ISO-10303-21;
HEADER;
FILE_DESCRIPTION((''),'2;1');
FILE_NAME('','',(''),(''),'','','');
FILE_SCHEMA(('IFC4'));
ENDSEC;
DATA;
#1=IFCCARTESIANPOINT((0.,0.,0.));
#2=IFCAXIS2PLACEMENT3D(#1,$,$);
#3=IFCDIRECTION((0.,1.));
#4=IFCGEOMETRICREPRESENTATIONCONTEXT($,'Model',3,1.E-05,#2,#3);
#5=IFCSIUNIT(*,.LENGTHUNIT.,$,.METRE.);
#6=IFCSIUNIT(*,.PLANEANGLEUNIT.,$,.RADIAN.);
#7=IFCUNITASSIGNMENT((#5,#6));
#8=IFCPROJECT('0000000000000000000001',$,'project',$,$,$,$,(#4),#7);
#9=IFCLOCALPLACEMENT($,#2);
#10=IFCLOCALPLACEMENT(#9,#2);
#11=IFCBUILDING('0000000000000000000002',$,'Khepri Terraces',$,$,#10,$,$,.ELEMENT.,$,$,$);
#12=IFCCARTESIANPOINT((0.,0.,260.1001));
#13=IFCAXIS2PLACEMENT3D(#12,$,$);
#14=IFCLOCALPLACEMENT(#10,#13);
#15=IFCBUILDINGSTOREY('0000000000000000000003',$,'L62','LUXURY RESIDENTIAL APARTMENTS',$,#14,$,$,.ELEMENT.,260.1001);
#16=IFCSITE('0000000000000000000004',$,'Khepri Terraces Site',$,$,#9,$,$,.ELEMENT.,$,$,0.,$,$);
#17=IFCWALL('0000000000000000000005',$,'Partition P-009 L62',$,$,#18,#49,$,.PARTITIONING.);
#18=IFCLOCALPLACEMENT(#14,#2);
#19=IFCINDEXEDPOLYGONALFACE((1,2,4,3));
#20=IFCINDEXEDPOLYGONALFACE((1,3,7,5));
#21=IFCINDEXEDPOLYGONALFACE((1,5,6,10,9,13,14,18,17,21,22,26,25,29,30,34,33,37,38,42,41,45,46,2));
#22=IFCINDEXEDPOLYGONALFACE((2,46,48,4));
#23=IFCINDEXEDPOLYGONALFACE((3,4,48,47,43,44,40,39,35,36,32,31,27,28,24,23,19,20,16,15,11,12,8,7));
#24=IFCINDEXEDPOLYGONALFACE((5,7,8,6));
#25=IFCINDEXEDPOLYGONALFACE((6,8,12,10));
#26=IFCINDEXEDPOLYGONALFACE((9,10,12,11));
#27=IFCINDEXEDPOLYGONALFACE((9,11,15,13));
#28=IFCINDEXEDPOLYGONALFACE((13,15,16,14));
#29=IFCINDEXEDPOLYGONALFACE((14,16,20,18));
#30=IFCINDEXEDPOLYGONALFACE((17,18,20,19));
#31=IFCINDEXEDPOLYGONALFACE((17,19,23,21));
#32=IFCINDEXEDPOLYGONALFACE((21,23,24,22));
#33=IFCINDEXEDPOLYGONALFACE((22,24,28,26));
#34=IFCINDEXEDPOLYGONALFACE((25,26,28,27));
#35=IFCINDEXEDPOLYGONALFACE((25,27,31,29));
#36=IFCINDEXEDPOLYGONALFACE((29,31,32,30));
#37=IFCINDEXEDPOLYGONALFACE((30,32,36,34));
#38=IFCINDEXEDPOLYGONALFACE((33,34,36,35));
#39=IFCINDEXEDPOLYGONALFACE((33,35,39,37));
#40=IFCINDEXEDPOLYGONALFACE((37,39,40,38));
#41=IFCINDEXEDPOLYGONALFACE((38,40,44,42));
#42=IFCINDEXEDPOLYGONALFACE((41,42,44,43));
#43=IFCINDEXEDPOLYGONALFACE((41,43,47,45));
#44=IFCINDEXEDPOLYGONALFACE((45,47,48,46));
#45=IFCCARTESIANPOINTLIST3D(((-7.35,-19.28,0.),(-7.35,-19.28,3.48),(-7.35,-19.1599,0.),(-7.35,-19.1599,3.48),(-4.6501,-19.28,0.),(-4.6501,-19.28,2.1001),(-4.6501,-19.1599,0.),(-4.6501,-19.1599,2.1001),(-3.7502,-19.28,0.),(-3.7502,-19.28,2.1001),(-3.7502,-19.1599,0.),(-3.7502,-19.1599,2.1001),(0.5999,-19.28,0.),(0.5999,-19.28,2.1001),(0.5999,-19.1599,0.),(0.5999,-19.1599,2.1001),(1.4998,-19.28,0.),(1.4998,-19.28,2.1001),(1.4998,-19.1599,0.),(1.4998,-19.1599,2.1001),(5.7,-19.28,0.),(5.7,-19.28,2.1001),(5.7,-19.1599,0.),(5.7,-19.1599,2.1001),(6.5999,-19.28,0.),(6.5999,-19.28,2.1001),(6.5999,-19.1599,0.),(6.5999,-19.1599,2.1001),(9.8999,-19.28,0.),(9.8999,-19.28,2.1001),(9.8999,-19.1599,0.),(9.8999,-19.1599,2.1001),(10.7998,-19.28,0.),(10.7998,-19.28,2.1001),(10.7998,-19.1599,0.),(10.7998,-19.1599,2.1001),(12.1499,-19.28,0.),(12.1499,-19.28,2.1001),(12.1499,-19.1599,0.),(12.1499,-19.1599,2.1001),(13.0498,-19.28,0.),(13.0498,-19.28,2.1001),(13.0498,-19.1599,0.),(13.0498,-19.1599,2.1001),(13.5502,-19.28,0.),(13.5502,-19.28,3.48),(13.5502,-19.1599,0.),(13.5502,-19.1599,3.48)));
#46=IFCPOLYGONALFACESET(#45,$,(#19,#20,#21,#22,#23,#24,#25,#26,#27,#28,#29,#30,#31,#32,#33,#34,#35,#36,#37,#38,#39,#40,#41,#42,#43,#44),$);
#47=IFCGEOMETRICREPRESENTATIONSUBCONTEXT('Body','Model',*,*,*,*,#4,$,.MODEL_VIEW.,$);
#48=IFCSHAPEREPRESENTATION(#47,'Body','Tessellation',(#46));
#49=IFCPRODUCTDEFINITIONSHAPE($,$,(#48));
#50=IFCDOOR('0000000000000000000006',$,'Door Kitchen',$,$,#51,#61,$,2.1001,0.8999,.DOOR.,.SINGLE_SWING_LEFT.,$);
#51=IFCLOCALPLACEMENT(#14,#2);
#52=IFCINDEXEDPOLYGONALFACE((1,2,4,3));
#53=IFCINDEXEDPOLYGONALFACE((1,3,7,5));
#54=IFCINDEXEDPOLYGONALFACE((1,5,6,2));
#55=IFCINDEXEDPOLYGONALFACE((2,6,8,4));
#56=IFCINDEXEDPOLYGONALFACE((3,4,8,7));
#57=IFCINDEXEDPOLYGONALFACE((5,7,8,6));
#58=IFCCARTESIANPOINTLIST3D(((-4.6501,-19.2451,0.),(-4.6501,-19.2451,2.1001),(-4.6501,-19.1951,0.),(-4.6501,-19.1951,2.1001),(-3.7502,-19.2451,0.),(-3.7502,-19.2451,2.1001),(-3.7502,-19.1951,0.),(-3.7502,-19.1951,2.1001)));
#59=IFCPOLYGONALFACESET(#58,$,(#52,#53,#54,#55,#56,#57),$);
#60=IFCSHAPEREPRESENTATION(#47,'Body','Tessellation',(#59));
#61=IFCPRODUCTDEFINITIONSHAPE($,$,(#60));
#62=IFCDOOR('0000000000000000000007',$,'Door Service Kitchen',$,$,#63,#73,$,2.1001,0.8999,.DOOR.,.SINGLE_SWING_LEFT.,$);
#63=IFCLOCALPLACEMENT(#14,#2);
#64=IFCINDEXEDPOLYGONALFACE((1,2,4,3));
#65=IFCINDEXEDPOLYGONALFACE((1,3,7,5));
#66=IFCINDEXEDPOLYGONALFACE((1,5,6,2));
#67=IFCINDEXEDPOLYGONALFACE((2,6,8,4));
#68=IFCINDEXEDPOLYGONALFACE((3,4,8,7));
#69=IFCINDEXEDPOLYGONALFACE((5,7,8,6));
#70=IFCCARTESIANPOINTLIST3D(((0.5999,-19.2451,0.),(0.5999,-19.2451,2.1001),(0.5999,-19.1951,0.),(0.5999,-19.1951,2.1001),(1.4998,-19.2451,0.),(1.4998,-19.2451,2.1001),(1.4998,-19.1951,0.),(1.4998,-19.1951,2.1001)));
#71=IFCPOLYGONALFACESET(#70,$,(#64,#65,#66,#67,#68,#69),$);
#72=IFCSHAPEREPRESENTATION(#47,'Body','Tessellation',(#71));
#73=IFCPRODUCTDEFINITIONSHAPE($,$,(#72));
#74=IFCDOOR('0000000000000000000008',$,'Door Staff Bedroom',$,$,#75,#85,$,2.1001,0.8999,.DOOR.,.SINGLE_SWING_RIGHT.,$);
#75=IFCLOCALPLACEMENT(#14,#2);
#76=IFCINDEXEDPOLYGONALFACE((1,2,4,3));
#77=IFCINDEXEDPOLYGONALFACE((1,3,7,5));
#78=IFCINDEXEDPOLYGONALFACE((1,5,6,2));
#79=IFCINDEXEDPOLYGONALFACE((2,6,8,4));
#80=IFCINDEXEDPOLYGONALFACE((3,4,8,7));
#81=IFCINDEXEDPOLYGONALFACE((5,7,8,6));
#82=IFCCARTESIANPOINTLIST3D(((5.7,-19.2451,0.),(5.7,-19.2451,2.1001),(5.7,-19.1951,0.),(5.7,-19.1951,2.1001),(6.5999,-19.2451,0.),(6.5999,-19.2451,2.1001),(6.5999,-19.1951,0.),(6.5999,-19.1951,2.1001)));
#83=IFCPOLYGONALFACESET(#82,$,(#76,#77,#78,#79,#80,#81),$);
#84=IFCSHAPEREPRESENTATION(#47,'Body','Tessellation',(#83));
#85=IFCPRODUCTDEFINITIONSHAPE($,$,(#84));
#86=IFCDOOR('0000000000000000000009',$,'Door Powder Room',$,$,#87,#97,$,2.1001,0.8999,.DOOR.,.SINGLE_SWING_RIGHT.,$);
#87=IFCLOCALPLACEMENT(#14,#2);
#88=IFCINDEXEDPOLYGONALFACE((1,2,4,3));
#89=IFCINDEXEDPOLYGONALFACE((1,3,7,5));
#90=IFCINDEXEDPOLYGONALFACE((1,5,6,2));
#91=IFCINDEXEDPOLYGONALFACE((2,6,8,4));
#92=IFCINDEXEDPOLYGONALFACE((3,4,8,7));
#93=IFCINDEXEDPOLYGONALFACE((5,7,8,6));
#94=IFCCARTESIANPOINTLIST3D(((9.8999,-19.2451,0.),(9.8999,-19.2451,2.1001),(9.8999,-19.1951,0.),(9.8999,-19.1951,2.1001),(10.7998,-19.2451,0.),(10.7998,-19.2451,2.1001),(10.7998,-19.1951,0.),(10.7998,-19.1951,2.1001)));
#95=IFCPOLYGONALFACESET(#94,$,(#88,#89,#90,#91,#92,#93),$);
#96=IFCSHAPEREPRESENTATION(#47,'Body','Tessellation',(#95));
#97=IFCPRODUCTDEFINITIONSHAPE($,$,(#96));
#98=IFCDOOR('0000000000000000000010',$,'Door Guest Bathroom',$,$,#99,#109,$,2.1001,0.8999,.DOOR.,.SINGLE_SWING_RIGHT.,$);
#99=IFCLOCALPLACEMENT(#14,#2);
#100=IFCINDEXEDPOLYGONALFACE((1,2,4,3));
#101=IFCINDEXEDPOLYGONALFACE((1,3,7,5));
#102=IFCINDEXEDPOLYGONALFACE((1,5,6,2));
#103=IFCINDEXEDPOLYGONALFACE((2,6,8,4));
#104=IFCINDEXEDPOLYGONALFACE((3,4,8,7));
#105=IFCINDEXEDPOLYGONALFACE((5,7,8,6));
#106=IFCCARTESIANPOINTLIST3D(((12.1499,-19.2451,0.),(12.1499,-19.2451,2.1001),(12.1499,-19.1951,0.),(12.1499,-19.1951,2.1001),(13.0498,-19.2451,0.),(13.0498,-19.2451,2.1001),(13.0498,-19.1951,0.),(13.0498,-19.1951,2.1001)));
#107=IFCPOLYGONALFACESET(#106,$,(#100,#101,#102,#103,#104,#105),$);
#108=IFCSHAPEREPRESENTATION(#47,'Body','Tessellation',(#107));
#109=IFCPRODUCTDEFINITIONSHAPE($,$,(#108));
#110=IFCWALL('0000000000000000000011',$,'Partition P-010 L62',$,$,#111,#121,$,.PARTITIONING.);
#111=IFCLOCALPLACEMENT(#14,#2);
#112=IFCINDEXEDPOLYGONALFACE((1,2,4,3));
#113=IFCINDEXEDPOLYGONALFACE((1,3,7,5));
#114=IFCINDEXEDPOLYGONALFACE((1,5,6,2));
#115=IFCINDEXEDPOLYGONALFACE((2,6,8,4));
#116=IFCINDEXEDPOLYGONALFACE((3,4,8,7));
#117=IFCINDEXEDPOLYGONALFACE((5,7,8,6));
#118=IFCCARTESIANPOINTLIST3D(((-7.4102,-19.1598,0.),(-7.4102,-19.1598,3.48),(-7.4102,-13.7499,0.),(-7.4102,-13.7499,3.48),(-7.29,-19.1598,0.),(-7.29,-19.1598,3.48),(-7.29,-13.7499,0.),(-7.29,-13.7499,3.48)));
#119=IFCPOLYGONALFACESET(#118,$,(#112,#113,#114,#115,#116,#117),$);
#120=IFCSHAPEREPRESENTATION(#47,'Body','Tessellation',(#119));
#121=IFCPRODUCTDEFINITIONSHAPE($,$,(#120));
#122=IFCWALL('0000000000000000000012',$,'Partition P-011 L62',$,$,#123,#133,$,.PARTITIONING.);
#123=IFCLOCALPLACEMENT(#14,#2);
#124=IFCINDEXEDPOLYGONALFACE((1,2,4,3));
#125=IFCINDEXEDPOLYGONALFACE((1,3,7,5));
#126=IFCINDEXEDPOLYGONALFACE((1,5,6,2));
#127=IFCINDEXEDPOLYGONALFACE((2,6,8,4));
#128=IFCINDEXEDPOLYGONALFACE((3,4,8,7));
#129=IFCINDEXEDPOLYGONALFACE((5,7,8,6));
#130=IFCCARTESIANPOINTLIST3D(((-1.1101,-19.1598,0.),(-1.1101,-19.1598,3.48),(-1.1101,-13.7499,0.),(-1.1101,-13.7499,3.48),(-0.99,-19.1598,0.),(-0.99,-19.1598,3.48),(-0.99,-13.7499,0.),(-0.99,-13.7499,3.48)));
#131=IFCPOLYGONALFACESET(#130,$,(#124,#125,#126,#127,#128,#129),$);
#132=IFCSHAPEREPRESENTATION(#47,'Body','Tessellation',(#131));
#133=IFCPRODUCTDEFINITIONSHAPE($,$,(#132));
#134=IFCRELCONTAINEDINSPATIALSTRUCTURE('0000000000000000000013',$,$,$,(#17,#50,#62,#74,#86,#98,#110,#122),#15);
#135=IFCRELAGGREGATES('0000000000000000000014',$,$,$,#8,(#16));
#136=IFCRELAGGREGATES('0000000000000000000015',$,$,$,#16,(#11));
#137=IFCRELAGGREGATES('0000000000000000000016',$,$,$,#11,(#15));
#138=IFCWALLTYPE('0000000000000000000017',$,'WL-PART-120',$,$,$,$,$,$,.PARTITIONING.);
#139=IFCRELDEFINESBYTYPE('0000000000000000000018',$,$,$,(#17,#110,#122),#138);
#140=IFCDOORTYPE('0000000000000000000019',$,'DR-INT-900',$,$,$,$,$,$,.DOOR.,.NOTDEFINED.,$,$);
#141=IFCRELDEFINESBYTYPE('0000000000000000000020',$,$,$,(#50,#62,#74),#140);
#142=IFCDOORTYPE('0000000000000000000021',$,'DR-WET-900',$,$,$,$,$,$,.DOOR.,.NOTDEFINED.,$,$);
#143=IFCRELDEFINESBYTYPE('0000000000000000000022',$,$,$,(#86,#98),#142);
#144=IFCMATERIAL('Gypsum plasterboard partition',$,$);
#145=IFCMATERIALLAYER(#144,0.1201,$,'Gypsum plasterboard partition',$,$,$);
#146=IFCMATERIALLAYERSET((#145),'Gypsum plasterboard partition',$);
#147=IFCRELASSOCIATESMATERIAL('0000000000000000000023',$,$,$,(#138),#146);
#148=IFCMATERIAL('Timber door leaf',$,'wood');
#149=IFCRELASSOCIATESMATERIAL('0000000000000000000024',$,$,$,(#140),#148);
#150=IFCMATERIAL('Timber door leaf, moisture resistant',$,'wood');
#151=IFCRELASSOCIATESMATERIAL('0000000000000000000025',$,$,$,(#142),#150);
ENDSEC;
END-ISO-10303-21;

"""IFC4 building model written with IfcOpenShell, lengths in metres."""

from ifc_helpers import new_model, si_unit, direction, frame, frame_2d, origin, place, context, subcontext, project, spatial, rectangle, extrude, material, layer, layer_set, type_object, element, fill, save


model = new_model("IFC4")

# Units and contexts
model_context = context("Model", 3, precision=1e-05, world=origin(), true_north=direction((0.0, 1.0)))
body_context = subcontext(model_context, "Body", "Model", "MODEL_VIEW")
ifc_project = project(units=[si_unit("LENGTHUNIT", "METRE"), si_unit("PLANEANGLEUNIT", "RADIAN")], contexts=[model_context])

# Site, building, storey
site_placement = place(None, origin())
site = spatial("IfcSite", under=ifc_project, at=site_placement, Name="Khepri Terraces Site", CompositionType="ELEMENT", RefElevation=0.0)
building_placement = place(site_placement, origin())
building = spatial("IfcBuilding", under=site, at=building_placement, Name="Khepri Terraces", CompositionType="ELEMENT")
storey_placement = place(building_placement, frame((0.0, 0.0, 260.1001)))
storey = spatial("IfcBuildingStorey", under=building, at=storey_placement, Name="L62", Description="LUXURY RESIDENTIAL APARTMENTS", CompositionType="ELEMENT", Elevation=260.1001)

# Wall, openings, doors
ifc_material_1 = material(Name="Gypsum plasterboard partition")
ifc_layer_1 = layer(ifc_material_1, 0.1201, Name="Gypsum plasterboard partition")
ifc_layer_set_1 = layer_set([ifc_layer_1], Name="Gypsum plasterboard partition")
wall_type_1 = type_object("IfcWallType", Name="WL-PART-120", PredefinedType="PARTITIONING", material=ifc_layer_set_1)
wall_1_placement = place(storey_placement, frame((-7.3501, -19.22, 0.0), z_axis=(0.0, 0.0, 1.0), x_axis=(1.0, 0.0, 0.0)))
wall_1 = element("IfcWall", 1, at=wall_1_placement, inside=storey, type_object=wall_type_1, Name="Partition P-009 L62", PredefinedType="PARTITIONING", context=body_context, shape_type="SweptSolid", body=[
    extrude(rectangle(XDim=20.9001, YDim=0.1201, at=frame_2d((10.4502, 0.0))), origin(), (0.0, 0.0, 1.0), 3.48),
])
opening_1_placement = place(wall_1_placement, frame((2.7, 0.0, 0.0)))
opening_1 = element("IfcOpeningElement", 2, at=opening_1_placement, cuts=wall_1, PredefinedType="OPENING", context=body_context, shape_type="SweptSolid", body=[
    extrude(rectangle(XDim=0.8999, YDim=2.1001, at=frame_2d((0.45, 1.05))), frame((0.0, 0.0701, 0.0), z_axis=(0.0, -1.0, 0.0), x_axis=(1.0, 0.0, 0.0)), (0.0, 0.0, 1.0), 0.1401),
])
opening_2_placement = place(wall_1_placement, frame((7.95, 0.0, 0.0)))
opening_2 = element("IfcOpeningElement", 3, at=opening_2_placement, cuts=wall_1, PredefinedType="OPENING", context=body_context, shape_type="SweptSolid", body=[
    extrude(rectangle(XDim=0.8999, YDim=2.1001, at=frame_2d((0.45, 1.05))), frame((0.0, 0.0701, 0.0), z_axis=(0.0, -1.0, 0.0), x_axis=(1.0, 0.0, 0.0)), (0.0, 0.0, 1.0), 0.1401),
])
opening_3_placement = place(wall_1_placement, frame((13.05, 0.0, 0.0)))
opening_3 = element("IfcOpeningElement", 4, at=opening_3_placement, cuts=wall_1, PredefinedType="OPENING", context=body_context, shape_type="SweptSolid", body=[
    extrude(rectangle(XDim=0.8999, YDim=2.1001, at=frame_2d((0.45, 1.05))), frame((0.0, 0.0701, 0.0), z_axis=(0.0, -1.0, 0.0), x_axis=(1.0, 0.0, 0.0)), (0.0, 0.0, 1.0), 0.1401),
])
opening_4_placement = place(wall_1_placement, frame((17.25, 0.0, 0.0)))
opening_4 = element("IfcOpeningElement", 5, at=opening_4_placement, cuts=wall_1, PredefinedType="OPENING", context=body_context, shape_type="SweptSolid", body=[
    extrude(rectangle(XDim=0.8999, YDim=2.1001, at=frame_2d((0.45, 1.05))), frame((0.0, 0.0701, 0.0), z_axis=(0.0, -1.0, 0.0), x_axis=(1.0, 0.0, 0.0)), (0.0, 0.0, 1.0), 0.1401),
])
opening_5_placement = place(wall_1_placement, frame((19.5, 0.0, 0.0)))
opening_5 = element("IfcOpeningElement", 6, at=opening_5_placement, cuts=wall_1, PredefinedType="OPENING", context=body_context, shape_type="SweptSolid", body=[
    extrude(rectangle(XDim=0.8999, YDim=2.1001, at=frame_2d((0.45, 1.05))), frame((0.0, 0.0701, 0.0), z_axis=(0.0, -1.0, 0.0), x_axis=(1.0, 0.0, 0.0)), (0.0, 0.0, 1.0), 0.1401),
])
ifc_material_2 = material(Name="Timber door leaf", Category="wood")
door_type_1 = type_object("IfcDoorType", Name="DR-INT-900", OperationType="NOTDEFINED", PredefinedType="DOOR", material=ifc_material_2)
door_1_placement = place(opening_1_placement, origin())
door_1 = element("IfcDoor", 7, at=door_1_placement, inside=storey, type_object=door_type_1, Name="Door Kitchen", OperationType="SINGLE_SWING_LEFT", OverallHeight=2.1001, OverallWidth=0.8999, PredefinedType="DOOR", context=body_context, shape_type="SweptSolid", body=[
    extrude(rectangle(XDim=0.8999, YDim=2.1001, at=frame_2d((0.45, 1.05))), frame((0.0, 0.0249, 0.0), z_axis=(0.0, -1.0, 0.0), x_axis=(1.0, 0.0, 0.0)), (0.0, 0.0, 1.0), 0.05),
])
fill(opening_1, door_1)
door_2_placement = place(opening_2_placement, origin())
door_2 = element("IfcDoor", 8, at=door_2_placement, inside=storey, type_object=door_type_1, Name="Door Service Kitchen", OperationType="SINGLE_SWING_LEFT", OverallHeight=2.1001, OverallWidth=0.8999, PredefinedType="DOOR", context=body_context, shape_type="SweptSolid", body=[
    extrude(rectangle(XDim=0.8999, YDim=2.1001, at=frame_2d((0.45, 1.05))), frame((0.0, 0.0249, 0.0), z_axis=(0.0, -1.0, 0.0), x_axis=(1.0, 0.0, 0.0)), (0.0, 0.0, 1.0), 0.05),
])
fill(opening_2, door_2)
door_3_placement = place(opening_3_placement, origin())
door_3 = element("IfcDoor", 9, at=door_3_placement, inside=storey, type_object=door_type_1, Name="Door Staff Bedroom", OperationType="SINGLE_SWING_RIGHT", OverallHeight=2.1001, OverallWidth=0.8999, PredefinedType="DOOR", context=body_context, shape_type="SweptSolid", body=[
    extrude(rectangle(XDim=0.8999, YDim=2.1001, at=frame_2d((0.45, 1.05))), frame((0.0, 0.0249, 0.0), z_axis=(0.0, -1.0, 0.0), x_axis=(1.0, 0.0, 0.0)), (0.0, 0.0, 1.0), 0.05),
])
fill(opening_3, door_3)
ifc_material_3 = material(Name="Timber door leaf, moisture resistant", Category="wood")
door_type_2 = type_object("IfcDoorType", Name="DR-WET-900", OperationType="NOTDEFINED", PredefinedType="DOOR", material=ifc_material_3)
door_4_placement = place(opening_4_placement, origin())
door_4 = element("IfcDoor", 10, at=door_4_placement, inside=storey, type_object=door_type_2, Name="Door Powder Room", OperationType="SINGLE_SWING_RIGHT", OverallHeight=2.1001, OverallWidth=0.8999, PredefinedType="DOOR", context=body_context, shape_type="SweptSolid", body=[
    extrude(rectangle(XDim=0.8999, YDim=2.1001, at=frame_2d((0.45, 1.05))), frame((0.0, 0.0249, 0.0), z_axis=(0.0, -1.0, 0.0), x_axis=(1.0, 0.0, 0.0)), (0.0, 0.0, 1.0), 0.05),
])
fill(opening_4, door_4)
door_5_placement = place(opening_5_placement, origin())
door_5 = element("IfcDoor", 11, at=door_5_placement, inside=storey, type_object=door_type_2, Name="Door Guest Bathroom", OperationType="SINGLE_SWING_RIGHT", OverallHeight=2.1001, OverallWidth=0.8999, PredefinedType="DOOR", context=body_context, shape_type="SweptSolid", body=[
    extrude(rectangle(XDim=0.8999, YDim=2.1001, at=frame_2d((0.45, 1.05))), frame((0.0, 0.0249, 0.0), z_axis=(0.0, -1.0, 0.0), x_axis=(1.0, 0.0, 0.0)), (0.0, 0.0, 1.0), 0.05),
])
fill(opening_5, door_5)

# Walls
for number, where, z_axis, x_axis, name in (
    (12, (-7.3501, -19.1599, 0.0), (0.0, 0.0, 1.0), (0.0, 1.0, 0.0), "Partition P-010 L62"),
    (13, (-1.05, -19.1599, 0.0), (0.0, 0.0, 1.0), (0.0, 1.0, 0.0), "Partition P-011 L62"),
):
    element("IfcWall", number, at=place(storey_placement, frame(where, z_axis=z_axis, x_axis=x_axis)), inside=storey, type_object=wall_type_1, Name=name, PredefinedType="PARTITIONING", context=body_context, shape_type="SweptSolid", body=[
        extrude(rectangle(XDim=5.4099, YDim=0.1201, at=frame_2d((2.7051, 0.0))), origin(), (0.0, 0.0, 1.0), 3.48),
    ])

save(model, "model.ifc")
